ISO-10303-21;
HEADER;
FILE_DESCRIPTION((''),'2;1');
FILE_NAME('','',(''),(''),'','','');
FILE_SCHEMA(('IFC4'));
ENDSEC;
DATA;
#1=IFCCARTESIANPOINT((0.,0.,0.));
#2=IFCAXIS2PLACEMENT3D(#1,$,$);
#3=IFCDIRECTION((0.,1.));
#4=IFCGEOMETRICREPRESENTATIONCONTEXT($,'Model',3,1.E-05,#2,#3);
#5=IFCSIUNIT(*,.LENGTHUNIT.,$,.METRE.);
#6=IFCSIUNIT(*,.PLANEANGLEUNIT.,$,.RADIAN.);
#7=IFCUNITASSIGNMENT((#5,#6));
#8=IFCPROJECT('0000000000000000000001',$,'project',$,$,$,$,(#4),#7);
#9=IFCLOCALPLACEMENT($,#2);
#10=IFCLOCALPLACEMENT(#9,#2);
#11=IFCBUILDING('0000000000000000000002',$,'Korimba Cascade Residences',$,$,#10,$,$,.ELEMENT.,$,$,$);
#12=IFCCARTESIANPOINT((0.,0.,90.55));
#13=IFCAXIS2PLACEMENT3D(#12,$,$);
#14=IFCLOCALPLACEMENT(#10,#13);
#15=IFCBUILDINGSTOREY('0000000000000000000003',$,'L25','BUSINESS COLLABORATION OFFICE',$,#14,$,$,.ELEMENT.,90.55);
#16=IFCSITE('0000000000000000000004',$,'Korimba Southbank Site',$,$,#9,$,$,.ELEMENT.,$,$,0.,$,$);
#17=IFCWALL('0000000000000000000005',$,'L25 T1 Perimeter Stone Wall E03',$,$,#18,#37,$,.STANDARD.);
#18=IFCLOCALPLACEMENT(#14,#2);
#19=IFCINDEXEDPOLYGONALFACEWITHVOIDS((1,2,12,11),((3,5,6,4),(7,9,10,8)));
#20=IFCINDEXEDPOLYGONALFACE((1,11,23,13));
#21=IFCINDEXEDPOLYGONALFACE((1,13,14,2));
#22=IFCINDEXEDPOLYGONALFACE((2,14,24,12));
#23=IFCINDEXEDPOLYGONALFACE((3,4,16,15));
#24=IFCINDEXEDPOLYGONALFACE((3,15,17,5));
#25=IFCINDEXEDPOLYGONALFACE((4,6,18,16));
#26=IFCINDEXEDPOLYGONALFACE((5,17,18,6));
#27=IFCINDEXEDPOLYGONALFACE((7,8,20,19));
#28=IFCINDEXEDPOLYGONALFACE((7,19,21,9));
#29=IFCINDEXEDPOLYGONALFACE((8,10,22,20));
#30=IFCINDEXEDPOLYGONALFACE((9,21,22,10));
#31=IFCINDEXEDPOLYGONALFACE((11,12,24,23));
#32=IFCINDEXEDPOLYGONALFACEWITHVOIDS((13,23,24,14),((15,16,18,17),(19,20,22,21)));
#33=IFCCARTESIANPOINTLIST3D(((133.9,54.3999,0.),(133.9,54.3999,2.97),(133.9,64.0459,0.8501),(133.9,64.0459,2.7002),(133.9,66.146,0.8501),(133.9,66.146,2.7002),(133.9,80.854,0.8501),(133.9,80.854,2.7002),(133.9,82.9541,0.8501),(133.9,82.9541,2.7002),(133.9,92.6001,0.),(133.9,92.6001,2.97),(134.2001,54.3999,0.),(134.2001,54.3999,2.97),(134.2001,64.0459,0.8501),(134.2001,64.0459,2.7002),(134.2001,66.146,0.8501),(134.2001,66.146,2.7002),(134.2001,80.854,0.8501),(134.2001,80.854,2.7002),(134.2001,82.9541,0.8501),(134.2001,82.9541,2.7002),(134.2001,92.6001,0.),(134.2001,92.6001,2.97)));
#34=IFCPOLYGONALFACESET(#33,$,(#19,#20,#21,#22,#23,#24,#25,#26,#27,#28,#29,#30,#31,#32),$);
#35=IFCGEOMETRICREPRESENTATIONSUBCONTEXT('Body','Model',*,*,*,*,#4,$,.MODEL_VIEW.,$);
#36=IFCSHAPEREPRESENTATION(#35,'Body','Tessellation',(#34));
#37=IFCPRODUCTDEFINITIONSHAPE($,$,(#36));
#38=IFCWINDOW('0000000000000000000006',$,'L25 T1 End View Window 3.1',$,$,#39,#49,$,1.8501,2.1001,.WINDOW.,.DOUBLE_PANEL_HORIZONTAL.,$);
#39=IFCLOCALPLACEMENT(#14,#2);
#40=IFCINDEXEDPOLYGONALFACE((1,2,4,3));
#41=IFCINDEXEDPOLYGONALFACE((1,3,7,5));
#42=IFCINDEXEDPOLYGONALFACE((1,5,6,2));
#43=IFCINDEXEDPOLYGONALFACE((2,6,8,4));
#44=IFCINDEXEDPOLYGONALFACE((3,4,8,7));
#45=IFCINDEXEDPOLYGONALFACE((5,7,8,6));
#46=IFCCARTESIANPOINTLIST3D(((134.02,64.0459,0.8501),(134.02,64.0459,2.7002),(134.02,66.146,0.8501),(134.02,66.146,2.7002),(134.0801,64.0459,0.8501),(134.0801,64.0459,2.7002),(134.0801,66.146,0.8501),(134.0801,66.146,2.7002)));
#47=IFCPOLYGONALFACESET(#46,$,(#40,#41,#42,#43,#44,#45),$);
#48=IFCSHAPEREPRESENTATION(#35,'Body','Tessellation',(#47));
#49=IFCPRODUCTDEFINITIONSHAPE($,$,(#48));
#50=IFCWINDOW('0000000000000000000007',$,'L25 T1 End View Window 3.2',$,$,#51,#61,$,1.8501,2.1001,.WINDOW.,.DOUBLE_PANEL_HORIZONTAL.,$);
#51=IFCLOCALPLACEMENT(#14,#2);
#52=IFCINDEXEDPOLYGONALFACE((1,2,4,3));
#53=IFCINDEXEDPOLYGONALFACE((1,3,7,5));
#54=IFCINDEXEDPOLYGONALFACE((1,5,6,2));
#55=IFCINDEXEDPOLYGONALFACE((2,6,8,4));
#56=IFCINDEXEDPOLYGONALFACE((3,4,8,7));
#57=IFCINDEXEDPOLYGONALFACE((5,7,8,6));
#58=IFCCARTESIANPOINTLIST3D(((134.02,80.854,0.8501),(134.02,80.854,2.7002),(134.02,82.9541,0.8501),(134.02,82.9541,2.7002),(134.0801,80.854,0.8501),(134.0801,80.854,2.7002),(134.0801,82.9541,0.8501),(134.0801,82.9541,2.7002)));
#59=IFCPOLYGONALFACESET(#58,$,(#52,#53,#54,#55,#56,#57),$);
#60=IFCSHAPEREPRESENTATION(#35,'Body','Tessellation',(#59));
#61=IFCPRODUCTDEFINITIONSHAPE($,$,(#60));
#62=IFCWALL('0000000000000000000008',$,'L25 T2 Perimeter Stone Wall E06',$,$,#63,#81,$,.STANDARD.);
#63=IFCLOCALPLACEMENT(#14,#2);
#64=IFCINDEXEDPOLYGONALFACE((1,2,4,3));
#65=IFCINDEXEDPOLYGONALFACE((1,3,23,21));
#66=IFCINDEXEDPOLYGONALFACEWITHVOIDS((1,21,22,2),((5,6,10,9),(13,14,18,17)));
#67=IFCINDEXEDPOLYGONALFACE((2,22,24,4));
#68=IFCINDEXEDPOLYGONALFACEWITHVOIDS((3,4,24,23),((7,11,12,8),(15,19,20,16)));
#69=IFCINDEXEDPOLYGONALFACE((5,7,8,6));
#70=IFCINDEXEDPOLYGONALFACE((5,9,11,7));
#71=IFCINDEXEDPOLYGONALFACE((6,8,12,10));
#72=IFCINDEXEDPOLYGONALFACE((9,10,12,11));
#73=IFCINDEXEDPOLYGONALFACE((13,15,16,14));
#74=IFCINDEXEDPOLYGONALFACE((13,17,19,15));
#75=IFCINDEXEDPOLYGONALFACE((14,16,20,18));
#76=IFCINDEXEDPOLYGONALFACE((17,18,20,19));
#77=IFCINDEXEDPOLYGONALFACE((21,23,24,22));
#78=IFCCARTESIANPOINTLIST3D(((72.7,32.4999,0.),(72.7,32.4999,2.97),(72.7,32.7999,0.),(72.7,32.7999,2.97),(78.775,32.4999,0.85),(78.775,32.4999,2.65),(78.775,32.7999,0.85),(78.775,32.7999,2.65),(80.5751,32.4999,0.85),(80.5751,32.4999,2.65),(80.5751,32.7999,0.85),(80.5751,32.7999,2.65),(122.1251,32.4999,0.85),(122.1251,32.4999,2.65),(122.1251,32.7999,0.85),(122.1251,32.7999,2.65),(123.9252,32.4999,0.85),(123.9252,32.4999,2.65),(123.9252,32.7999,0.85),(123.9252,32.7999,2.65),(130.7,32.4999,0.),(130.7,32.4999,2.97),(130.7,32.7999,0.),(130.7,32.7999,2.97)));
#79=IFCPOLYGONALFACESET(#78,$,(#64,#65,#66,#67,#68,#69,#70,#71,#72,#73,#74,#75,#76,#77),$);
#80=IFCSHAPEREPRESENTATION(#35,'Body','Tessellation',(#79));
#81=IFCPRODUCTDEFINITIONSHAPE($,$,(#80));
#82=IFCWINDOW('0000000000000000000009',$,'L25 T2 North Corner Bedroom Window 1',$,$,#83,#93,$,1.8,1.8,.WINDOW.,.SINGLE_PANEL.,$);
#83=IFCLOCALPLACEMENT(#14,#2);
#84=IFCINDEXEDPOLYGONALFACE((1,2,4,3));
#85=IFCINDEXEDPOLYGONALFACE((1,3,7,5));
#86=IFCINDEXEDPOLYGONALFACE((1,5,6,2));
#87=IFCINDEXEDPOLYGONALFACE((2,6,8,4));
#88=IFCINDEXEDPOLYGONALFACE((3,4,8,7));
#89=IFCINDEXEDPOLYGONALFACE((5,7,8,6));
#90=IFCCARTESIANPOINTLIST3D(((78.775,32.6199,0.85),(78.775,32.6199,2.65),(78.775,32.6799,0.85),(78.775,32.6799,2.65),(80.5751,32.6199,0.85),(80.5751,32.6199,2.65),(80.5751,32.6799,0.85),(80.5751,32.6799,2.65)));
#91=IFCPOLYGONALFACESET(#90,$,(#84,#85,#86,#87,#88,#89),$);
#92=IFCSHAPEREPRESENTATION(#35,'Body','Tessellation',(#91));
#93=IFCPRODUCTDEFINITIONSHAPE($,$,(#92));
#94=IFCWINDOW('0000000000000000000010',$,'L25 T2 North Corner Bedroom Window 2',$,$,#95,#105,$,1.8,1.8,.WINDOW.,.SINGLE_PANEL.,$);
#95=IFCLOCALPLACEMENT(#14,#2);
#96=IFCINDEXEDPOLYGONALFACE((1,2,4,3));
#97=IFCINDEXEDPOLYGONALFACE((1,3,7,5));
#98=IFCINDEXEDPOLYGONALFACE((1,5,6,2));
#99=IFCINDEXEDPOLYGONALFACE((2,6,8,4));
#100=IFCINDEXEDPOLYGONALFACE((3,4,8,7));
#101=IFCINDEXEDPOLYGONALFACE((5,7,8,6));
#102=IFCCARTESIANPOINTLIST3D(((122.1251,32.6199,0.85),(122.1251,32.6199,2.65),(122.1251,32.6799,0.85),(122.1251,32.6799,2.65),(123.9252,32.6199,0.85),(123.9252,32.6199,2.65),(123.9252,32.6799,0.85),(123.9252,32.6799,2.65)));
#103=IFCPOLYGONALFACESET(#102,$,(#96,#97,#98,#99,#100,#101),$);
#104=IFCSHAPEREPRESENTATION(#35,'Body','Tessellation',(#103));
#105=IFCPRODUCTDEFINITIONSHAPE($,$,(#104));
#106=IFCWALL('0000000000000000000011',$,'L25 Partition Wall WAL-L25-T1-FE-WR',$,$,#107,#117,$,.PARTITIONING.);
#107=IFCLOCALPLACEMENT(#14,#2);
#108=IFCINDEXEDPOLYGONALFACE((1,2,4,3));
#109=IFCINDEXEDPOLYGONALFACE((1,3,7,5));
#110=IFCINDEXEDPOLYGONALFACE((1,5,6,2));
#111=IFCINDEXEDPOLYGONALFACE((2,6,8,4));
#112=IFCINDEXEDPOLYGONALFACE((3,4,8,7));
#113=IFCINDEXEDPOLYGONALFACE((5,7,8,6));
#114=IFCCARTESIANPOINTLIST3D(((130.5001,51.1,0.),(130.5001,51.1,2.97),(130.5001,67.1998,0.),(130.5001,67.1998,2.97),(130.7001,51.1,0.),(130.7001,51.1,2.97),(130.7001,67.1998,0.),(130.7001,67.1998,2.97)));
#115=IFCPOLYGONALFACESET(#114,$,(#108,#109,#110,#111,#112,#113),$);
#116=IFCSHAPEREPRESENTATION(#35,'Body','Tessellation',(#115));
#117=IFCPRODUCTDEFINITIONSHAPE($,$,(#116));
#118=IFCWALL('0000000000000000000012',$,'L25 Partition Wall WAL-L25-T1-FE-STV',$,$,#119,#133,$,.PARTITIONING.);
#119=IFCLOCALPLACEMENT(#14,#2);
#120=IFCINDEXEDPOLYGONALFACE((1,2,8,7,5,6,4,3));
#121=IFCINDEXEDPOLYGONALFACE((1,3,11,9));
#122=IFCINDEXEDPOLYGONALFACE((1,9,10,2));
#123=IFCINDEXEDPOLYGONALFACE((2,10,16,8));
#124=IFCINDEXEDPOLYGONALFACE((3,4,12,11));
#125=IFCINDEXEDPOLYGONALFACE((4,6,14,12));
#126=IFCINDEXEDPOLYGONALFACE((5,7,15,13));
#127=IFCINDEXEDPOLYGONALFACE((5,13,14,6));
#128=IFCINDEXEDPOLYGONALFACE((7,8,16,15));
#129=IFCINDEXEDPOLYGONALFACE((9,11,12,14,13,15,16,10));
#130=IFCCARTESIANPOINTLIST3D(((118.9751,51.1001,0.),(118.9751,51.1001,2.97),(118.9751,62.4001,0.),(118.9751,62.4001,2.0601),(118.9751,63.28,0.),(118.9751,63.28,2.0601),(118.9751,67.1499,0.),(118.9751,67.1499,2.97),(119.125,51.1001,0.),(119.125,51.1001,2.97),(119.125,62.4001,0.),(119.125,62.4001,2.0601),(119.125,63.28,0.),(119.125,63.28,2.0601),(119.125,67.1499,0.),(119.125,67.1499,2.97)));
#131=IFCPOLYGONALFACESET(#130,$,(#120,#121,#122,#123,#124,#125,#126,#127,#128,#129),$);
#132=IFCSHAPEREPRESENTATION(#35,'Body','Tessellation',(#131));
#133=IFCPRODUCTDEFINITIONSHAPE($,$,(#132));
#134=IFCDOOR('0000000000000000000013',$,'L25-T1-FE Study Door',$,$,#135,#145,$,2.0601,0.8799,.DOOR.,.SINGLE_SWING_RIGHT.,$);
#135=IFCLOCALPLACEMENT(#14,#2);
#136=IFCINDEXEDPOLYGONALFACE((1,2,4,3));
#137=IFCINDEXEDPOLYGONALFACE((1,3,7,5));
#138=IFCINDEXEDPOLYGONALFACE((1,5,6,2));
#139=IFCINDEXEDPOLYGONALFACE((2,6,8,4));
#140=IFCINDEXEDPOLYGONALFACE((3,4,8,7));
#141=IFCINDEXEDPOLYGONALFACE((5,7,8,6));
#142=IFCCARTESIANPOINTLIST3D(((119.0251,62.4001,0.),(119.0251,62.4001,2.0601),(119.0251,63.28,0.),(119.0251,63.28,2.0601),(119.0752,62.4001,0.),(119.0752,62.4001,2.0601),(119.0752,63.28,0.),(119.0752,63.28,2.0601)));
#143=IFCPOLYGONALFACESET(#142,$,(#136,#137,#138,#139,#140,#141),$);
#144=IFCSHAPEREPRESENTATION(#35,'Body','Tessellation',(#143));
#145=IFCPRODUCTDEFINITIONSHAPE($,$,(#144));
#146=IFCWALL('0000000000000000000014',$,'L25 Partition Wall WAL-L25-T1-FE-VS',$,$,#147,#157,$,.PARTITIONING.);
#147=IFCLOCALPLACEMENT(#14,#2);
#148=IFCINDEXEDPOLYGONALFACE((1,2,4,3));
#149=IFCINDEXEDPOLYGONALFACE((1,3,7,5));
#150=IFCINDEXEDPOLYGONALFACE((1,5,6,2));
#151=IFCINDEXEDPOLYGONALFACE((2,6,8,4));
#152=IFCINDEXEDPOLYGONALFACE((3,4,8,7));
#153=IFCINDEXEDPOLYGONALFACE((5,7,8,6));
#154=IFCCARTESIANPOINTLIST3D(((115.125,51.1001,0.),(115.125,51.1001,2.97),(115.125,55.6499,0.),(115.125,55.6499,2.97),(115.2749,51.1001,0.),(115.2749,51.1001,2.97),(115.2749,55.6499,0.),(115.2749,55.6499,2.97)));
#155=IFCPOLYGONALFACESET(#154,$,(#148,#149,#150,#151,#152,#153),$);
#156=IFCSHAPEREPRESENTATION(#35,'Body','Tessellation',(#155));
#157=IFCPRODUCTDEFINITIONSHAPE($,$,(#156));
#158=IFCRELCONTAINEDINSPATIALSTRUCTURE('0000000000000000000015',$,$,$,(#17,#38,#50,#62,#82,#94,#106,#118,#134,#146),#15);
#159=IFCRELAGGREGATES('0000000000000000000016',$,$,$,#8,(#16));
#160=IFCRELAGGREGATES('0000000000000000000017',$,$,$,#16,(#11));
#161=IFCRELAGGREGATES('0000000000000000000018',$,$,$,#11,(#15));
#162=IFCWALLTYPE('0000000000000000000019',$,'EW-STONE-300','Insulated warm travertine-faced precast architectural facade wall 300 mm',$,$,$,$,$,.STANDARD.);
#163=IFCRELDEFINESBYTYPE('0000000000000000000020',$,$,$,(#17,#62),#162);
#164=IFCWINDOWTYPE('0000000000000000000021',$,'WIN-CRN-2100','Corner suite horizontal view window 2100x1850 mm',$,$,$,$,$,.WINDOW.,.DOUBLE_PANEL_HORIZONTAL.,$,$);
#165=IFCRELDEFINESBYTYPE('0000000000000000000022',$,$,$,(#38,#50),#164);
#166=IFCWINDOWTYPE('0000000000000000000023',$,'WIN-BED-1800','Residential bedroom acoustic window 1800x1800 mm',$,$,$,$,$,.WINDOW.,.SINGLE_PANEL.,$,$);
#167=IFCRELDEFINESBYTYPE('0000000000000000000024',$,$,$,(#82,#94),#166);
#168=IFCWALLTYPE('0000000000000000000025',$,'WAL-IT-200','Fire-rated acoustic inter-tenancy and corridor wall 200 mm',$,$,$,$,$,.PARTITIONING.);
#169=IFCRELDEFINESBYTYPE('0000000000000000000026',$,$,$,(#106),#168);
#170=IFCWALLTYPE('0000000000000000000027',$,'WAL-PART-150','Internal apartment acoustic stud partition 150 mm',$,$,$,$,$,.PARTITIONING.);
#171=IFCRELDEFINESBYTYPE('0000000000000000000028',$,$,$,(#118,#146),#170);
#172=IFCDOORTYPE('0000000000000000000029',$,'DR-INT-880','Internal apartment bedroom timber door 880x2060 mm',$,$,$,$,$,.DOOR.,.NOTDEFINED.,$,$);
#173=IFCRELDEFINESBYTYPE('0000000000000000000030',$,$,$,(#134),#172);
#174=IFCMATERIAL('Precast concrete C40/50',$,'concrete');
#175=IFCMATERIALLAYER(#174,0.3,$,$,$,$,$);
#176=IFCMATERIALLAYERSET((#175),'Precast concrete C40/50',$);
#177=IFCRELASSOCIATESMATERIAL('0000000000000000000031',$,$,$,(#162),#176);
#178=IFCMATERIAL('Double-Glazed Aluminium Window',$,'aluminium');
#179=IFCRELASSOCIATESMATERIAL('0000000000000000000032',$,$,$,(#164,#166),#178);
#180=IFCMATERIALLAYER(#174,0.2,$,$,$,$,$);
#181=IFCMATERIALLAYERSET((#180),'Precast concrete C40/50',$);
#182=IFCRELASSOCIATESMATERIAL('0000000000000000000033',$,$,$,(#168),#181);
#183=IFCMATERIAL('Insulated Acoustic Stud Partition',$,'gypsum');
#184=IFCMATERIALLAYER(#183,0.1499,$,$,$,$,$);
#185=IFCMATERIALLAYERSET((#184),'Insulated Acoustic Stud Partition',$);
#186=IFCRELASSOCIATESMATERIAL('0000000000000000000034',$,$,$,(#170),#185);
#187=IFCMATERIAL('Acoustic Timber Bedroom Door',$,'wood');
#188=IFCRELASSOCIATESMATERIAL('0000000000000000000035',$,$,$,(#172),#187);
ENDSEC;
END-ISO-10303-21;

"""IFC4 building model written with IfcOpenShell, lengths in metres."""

from ifc_helpers import new_model, si_unit, direction, frame, frame_2d, origin, place, context, subcontext, project, spatial, rectangle, extrude, material, layer, layer_set, type_object, element, fill, save


model = new_model("IFC4")

# Units and contexts
model_context = context("Model", 3, precision=1e-05, world=origin(), true_north=direction((0.0, 1.0)))
body_context = subcontext(model_context, "Body", "Model", "MODEL_VIEW")
ifc_project = project(units=[si_unit("LENGTHUNIT", "METRE"), si_unit("PLANEANGLEUNIT", "RADIAN")], contexts=[model_context])

# Site, building, storey
site_placement = place(None, origin())
site = spatial("IfcSite", under=ifc_project, at=site_placement, Name="Korimba Southbank Site", CompositionType="ELEMENT", RefElevation=0.0)
building_placement = place(site_placement, origin())
building = spatial("IfcBuilding", under=site, at=building_placement, Name="Korimba Cascade Residences", CompositionType="ELEMENT")
storey_placement = place(building_placement, frame((0.0, 0.0, 90.55)))
storey = spatial("IfcBuildingStorey", under=building, at=storey_placement, Name="L25", Description="BUSINESS COLLABORATION OFFICE", CompositionType="ELEMENT", Elevation=90.55)

# Shared definitions
ifc_material_1 = material(Name="Precast concrete C40/50", Category="concrete")
ifc_layer_1 = layer(ifc_material_1, 0.3)
ifc_layer_set_1 = layer_set([ifc_layer_1], Name="Precast concrete C40/50")
wall_type_1 = type_object("IfcWallType", Name="EW-STONE-300", Description="Insulated warm travertine-faced precast architectural facade wall 300 mm", PredefinedType="STANDARD", material=ifc_layer_set_1)

# Walls, openings, windows
wall_1_placement = place(storey_placement, frame((134.05, 54.3999, 0.0), z_axis=(0.0, 0.0, 1.0), x_axis=(0.0, 1.0, 0.0)))
wall_1 = element("IfcWall", 1, at=wall_1_placement, inside=storey, type_object=wall_type_1, Name="L25 T1 Perimeter Stone Wall E03", PredefinedType="STANDARD", context=body_context, shape_type="SweptSolid", body=[
    extrude(rectangle(XDim=38.2002, YDim=0.3, at=frame_2d((19.1001, 0.0))), origin(), (0.0, 0.0, 1.0), 2.97),
])
opening_1_placement = place(wall_1_placement, frame((9.646, 0.0, 0.8501)))
opening_1 = element("IfcOpeningElement", 2, at=opening_1_placement, cuts=wall_1, PredefinedType="OPENING", context=body_context, shape_type="SweptSolid", body=[
    extrude(rectangle(XDim=2.1001, YDim=1.8501, at=frame_2d((1.05, 0.925))), frame((0.0, 0.1602, 0.0), z_axis=(0.0, -1.0, 0.0), x_axis=(1.0, 0.0, 0.0)), (0.0, 0.0, 1.0), 0.3201),
])
opening_2_placement = place(wall_1_placement, frame((26.4541, 0.0, 0.8501)))
opening_2 = element("IfcOpeningElement", 3, at=opening_2_placement, cuts=wall_1, PredefinedType="OPENING", context=body_context, shape_type="SweptSolid", body=[
    extrude(rectangle(XDim=2.1001, YDim=1.8501, at=frame_2d((1.05, 0.925))), frame((0.0, 0.1602, 0.0), z_axis=(0.0, -1.0, 0.0), x_axis=(1.0, 0.0, 0.0)), (0.0, 0.0, 1.0), 0.3201),
])
ifc_material_2 = material(Name="Double-Glazed Aluminium Window", Category="aluminium")
window_type_1 = type_object("IfcWindowType", Name="WIN-CRN-2100", Description="Corner suite horizontal view window 2100x1850 mm", PartitioningType="DOUBLE_PANEL_HORIZONTAL", PredefinedType="WINDOW", material=ifc_material_2)
window_1_placement = place(opening_1_placement, origin())
window_1 = element("IfcWindow", 4, at=window_1_placement, inside=storey, type_object=window_type_1, Name="L25 T1 End View Window 3.1", OverallHeight=1.8501, OverallWidth=2.1001, PartitioningType="DOUBLE_PANEL_HORIZONTAL", PredefinedType="WINDOW", context=body_context, shape_type="SweptSolid", body=[
    extrude(rectangle(XDim=2.1001, YDim=1.8501, at=frame_2d((1.05, 0.925))), frame((0.0, 0.03, 0.0), z_axis=(0.0, -1.0, 0.0), x_axis=(1.0, 0.0, 0.0)), (0.0, 0.0, 1.0), 0.0601),
])
fill(opening_1, window_1)
window_2_placement = place(opening_2_placement, origin())
window_2 = element("IfcWindow", 5, at=window_2_placement, inside=storey, type_object=window_type_1, Name="L25 T1 End View Window 3.2", OverallHeight=1.8501, OverallWidth=2.1001, PartitioningType="DOUBLE_PANEL_HORIZONTAL", PredefinedType="WINDOW", context=body_context, shape_type="SweptSolid", body=[
    extrude(rectangle(XDim=2.1001, YDim=1.8501, at=frame_2d((1.05, 0.925))), frame((0.0, 0.03, 0.0), z_axis=(0.0, -1.0, 0.0), x_axis=(1.0, 0.0, 0.0)), (0.0, 0.0, 1.0), 0.0601),
])
fill(opening_2, window_2)
wall_2_placement = place(storey_placement, frame((130.7, 32.6499, 0.0), z_axis=(0.0, 0.0, 1.0), x_axis=(-1.0, 0.0, 0.0)))
wall_2 = element("IfcWall", 6, at=wall_2_placement, inside=storey, type_object=wall_type_1, Name="L25 T2 Perimeter Stone Wall E06", PredefinedType="STANDARD", context=body_context, shape_type="SweptSolid", body=[
    extrude(rectangle(XDim=58.0, YDim=0.3, at=frame_2d((29.0, 0.0))), origin(), (0.0, 0.0, 1.0), 2.97),
])
opening_3_placement = place(wall_2_placement, frame((50.125, 0.0, 0.8501)))
opening_3 = element("IfcOpeningElement", 7, at=opening_3_placement, cuts=wall_2, PredefinedType="OPENING", context=body_context, shape_type="SweptSolid", body=[
    extrude(rectangle(XDim=1.8, YDim=1.8, at=frame_2d((0.8999, 0.8999))), frame((0.0, 0.1602, 0.0), z_axis=(0.0, -1.0, 0.0), x_axis=(1.0, 0.0, 0.0)), (0.0, 0.0, 1.0), 0.3201),
])
opening_4_placement = place(wall_2_placement, frame((6.7749, 0.0, 0.8501)))
opening_4 = element("IfcOpeningElement", 8, at=opening_4_placement, cuts=wall_2, PredefinedType="OPENING", context=body_context, shape_type="SweptSolid", body=[
    extrude(rectangle(XDim=1.8, YDim=1.8, at=frame_2d((0.8999, 0.8999))), frame((0.0, 0.1602, 0.0), z_axis=(0.0, -1.0, 0.0), x_axis=(1.0, 0.0, 0.0)), (0.0, 0.0, 1.0), 0.3201),
])
window_type_2 = type_object("IfcWindowType", Name="WIN-BED-1800", Description="Residential bedroom acoustic window 1800x1800 mm", PartitioningType="SINGLE_PANEL", PredefinedType="WINDOW", material=ifc_material_2)
window_3_placement = place(opening_3_placement, origin())
window_3 = element("IfcWindow", 9, at=window_3_placement, inside=storey, type_object=window_type_2, Name="L25 T2 North Corner Bedroom Window 1", OverallHeight=1.8, OverallWidth=1.8, PartitioningType="SINGLE_PANEL", PredefinedType="WINDOW", context=body_context, shape_type="SweptSolid", body=[
    extrude(rectangle(XDim=1.8, YDim=1.8, at=frame_2d((0.8999, 0.8999))), frame((0.0, 0.03, 0.0), z_axis=(0.0, -1.0, 0.0), x_axis=(1.0, 0.0, 0.0)), (0.0, 0.0, 1.0), 0.0601),
])
fill(opening_3, window_3)
window_4_placement = place(opening_4_placement, origin())
window_4 = element("IfcWindow", 10, at=window_4_placement, inside=storey, type_object=window_type_2, Name="L25 T2 North Corner Bedroom Window 2", OverallHeight=1.8, OverallWidth=1.8, PartitioningType="SINGLE_PANEL", PredefinedType="WINDOW", context=body_context, shape_type="SweptSolid", body=[
    extrude(rectangle(XDim=1.8, YDim=1.8, at=frame_2d((0.8999, 0.8999))), frame((0.0, 0.03, 0.0), z_axis=(0.0, -1.0, 0.0), x_axis=(1.0, 0.0, 0.0)), (0.0, 0.0, 1.0), 0.0601),
])
fill(opening_4, window_4)

# Wall
ifc_layer_2 = layer(ifc_material_1, 0.2)
ifc_layer_set_2 = layer_set([ifc_layer_2], Name="Precast concrete C40/50")
wall_type_2 = type_object("IfcWallType", Name="WAL-IT-200", Description="Fire-rated acoustic inter-tenancy and corridor wall 200 mm", PredefinedType="PARTITIONING", material=ifc_layer_set_2)
wall_3_placement = place(storey_placement, frame((130.6001, 51.1001, 0.0), z_axis=(0.0, 0.0, 1.0), x_axis=(0.0, 1.0, 0.0)))
element("IfcWall", 11, at=wall_3_placement, inside=storey, type_object=wall_type_2, Name="L25 Partition Wall WAL-L25-T1-FE-WR", PredefinedType="PARTITIONING", context=body_context, shape_type="SweptSolid", body=[
    extrude(rectangle(XDim=16.0999, YDim=0.2, at=frame_2d((8.0498, 0.0))), origin(), (0.0, 0.0, 1.0), 2.97),
])

# Wall, opening, door
ifc_material_3 = material(Name="Insulated Acoustic Stud Partition", Category="gypsum")
ifc_layer_3 = layer(ifc_material_3, 0.1499)
ifc_layer_set_3 = layer_set([ifc_layer_3], Name="Insulated Acoustic Stud Partition")
wall_type_3 = type_object("IfcWallType", Name="WAL-PART-150", Description="Internal apartment acoustic stud partition 150 mm", PredefinedType="PARTITIONING", material=ifc_layer_set_3)
wall_4_placement = place(storey_placement, frame((119.05, 51.1001, 0.0), z_axis=(0.0, 0.0, 1.0), x_axis=(0.0, 1.0, 0.0)))
wall_4 = element("IfcWall", 12, at=wall_4_placement, inside=storey, type_object=wall_type_3, Name="L25 Partition Wall WAL-L25-T1-FE-STV", PredefinedType="PARTITIONING", context=body_context, shape_type="SweptSolid", body=[
    extrude(rectangle(XDim=16.0498, YDim=0.1499, at=frame_2d((8.0249, 0.0))), origin(), (0.0, 0.0, 1.0), 2.97),
])
opening_5_placement = place(wall_4_placement, frame((11.3, 0.0, 0.0)))
opening_5 = element("IfcOpeningElement", 13, at=opening_5_placement, cuts=wall_4, PredefinedType="OPENING", context=body_context, shape_type="SweptSolid", body=[
    extrude(rectangle(XDim=0.8799, YDim=2.0601, at=frame_2d((0.4399, 1.03))), frame((0.0, 0.085, 0.0), z_axis=(0.0, -1.0, 0.0), x_axis=(1.0, 0.0, 0.0)), (0.0, 0.0, 1.0), 0.1699),
])
ifc_material_4 = material(Name="Acoustic Timber Bedroom Door", Category="wood")
door_type = type_object("IfcDoorType", Name="DR-INT-880", Description="Internal apartment bedroom timber door 880x2060 mm", OperationType="NOTDEFINED", PredefinedType="DOOR", material=ifc_material_4)
door_placement = place(opening_5_placement, origin())
door = element("IfcDoor", 14, at=door_placement, inside=storey, type_object=door_type, Name="L25-T1-FE Study Door", OperationType="SINGLE_SWING_RIGHT", OverallHeight=2.0601, OverallWidth=0.8799, PredefinedType="DOOR", context=body_context, shape_type="SweptSolid", body=[
    extrude(rectangle(XDim=0.8799, YDim=2.0601, at=frame_2d((0.4399, 1.03))), frame((0.0, 0.0249, 0.0), z_axis=(0.0, -1.0, 0.0), x_axis=(1.0, 0.0, 0.0)), (0.0, 0.0, 1.0), 0.05),
])
fill(opening_5, door)

# Wall
wall_5_placement = place(storey_placement, frame((115.2, 51.1001, 0.0), z_axis=(0.0, 0.0, 1.0), x_axis=(0.0, 1.0, 0.0)))
element("IfcWall", 15, at=wall_5_placement, inside=storey, type_object=wall_type_3, Name="L25 Partition Wall WAL-L25-T1-FE-VS", PredefinedType="PARTITIONING", context=body_context, shape_type="SweptSolid", body=[
    extrude(rectangle(XDim=4.5498, YDim=0.1499, at=frame_2d((2.2749, 0.0))), origin(), (0.0, 0.0, 1.0), 2.97),
])

save(model, "model.ifc")
